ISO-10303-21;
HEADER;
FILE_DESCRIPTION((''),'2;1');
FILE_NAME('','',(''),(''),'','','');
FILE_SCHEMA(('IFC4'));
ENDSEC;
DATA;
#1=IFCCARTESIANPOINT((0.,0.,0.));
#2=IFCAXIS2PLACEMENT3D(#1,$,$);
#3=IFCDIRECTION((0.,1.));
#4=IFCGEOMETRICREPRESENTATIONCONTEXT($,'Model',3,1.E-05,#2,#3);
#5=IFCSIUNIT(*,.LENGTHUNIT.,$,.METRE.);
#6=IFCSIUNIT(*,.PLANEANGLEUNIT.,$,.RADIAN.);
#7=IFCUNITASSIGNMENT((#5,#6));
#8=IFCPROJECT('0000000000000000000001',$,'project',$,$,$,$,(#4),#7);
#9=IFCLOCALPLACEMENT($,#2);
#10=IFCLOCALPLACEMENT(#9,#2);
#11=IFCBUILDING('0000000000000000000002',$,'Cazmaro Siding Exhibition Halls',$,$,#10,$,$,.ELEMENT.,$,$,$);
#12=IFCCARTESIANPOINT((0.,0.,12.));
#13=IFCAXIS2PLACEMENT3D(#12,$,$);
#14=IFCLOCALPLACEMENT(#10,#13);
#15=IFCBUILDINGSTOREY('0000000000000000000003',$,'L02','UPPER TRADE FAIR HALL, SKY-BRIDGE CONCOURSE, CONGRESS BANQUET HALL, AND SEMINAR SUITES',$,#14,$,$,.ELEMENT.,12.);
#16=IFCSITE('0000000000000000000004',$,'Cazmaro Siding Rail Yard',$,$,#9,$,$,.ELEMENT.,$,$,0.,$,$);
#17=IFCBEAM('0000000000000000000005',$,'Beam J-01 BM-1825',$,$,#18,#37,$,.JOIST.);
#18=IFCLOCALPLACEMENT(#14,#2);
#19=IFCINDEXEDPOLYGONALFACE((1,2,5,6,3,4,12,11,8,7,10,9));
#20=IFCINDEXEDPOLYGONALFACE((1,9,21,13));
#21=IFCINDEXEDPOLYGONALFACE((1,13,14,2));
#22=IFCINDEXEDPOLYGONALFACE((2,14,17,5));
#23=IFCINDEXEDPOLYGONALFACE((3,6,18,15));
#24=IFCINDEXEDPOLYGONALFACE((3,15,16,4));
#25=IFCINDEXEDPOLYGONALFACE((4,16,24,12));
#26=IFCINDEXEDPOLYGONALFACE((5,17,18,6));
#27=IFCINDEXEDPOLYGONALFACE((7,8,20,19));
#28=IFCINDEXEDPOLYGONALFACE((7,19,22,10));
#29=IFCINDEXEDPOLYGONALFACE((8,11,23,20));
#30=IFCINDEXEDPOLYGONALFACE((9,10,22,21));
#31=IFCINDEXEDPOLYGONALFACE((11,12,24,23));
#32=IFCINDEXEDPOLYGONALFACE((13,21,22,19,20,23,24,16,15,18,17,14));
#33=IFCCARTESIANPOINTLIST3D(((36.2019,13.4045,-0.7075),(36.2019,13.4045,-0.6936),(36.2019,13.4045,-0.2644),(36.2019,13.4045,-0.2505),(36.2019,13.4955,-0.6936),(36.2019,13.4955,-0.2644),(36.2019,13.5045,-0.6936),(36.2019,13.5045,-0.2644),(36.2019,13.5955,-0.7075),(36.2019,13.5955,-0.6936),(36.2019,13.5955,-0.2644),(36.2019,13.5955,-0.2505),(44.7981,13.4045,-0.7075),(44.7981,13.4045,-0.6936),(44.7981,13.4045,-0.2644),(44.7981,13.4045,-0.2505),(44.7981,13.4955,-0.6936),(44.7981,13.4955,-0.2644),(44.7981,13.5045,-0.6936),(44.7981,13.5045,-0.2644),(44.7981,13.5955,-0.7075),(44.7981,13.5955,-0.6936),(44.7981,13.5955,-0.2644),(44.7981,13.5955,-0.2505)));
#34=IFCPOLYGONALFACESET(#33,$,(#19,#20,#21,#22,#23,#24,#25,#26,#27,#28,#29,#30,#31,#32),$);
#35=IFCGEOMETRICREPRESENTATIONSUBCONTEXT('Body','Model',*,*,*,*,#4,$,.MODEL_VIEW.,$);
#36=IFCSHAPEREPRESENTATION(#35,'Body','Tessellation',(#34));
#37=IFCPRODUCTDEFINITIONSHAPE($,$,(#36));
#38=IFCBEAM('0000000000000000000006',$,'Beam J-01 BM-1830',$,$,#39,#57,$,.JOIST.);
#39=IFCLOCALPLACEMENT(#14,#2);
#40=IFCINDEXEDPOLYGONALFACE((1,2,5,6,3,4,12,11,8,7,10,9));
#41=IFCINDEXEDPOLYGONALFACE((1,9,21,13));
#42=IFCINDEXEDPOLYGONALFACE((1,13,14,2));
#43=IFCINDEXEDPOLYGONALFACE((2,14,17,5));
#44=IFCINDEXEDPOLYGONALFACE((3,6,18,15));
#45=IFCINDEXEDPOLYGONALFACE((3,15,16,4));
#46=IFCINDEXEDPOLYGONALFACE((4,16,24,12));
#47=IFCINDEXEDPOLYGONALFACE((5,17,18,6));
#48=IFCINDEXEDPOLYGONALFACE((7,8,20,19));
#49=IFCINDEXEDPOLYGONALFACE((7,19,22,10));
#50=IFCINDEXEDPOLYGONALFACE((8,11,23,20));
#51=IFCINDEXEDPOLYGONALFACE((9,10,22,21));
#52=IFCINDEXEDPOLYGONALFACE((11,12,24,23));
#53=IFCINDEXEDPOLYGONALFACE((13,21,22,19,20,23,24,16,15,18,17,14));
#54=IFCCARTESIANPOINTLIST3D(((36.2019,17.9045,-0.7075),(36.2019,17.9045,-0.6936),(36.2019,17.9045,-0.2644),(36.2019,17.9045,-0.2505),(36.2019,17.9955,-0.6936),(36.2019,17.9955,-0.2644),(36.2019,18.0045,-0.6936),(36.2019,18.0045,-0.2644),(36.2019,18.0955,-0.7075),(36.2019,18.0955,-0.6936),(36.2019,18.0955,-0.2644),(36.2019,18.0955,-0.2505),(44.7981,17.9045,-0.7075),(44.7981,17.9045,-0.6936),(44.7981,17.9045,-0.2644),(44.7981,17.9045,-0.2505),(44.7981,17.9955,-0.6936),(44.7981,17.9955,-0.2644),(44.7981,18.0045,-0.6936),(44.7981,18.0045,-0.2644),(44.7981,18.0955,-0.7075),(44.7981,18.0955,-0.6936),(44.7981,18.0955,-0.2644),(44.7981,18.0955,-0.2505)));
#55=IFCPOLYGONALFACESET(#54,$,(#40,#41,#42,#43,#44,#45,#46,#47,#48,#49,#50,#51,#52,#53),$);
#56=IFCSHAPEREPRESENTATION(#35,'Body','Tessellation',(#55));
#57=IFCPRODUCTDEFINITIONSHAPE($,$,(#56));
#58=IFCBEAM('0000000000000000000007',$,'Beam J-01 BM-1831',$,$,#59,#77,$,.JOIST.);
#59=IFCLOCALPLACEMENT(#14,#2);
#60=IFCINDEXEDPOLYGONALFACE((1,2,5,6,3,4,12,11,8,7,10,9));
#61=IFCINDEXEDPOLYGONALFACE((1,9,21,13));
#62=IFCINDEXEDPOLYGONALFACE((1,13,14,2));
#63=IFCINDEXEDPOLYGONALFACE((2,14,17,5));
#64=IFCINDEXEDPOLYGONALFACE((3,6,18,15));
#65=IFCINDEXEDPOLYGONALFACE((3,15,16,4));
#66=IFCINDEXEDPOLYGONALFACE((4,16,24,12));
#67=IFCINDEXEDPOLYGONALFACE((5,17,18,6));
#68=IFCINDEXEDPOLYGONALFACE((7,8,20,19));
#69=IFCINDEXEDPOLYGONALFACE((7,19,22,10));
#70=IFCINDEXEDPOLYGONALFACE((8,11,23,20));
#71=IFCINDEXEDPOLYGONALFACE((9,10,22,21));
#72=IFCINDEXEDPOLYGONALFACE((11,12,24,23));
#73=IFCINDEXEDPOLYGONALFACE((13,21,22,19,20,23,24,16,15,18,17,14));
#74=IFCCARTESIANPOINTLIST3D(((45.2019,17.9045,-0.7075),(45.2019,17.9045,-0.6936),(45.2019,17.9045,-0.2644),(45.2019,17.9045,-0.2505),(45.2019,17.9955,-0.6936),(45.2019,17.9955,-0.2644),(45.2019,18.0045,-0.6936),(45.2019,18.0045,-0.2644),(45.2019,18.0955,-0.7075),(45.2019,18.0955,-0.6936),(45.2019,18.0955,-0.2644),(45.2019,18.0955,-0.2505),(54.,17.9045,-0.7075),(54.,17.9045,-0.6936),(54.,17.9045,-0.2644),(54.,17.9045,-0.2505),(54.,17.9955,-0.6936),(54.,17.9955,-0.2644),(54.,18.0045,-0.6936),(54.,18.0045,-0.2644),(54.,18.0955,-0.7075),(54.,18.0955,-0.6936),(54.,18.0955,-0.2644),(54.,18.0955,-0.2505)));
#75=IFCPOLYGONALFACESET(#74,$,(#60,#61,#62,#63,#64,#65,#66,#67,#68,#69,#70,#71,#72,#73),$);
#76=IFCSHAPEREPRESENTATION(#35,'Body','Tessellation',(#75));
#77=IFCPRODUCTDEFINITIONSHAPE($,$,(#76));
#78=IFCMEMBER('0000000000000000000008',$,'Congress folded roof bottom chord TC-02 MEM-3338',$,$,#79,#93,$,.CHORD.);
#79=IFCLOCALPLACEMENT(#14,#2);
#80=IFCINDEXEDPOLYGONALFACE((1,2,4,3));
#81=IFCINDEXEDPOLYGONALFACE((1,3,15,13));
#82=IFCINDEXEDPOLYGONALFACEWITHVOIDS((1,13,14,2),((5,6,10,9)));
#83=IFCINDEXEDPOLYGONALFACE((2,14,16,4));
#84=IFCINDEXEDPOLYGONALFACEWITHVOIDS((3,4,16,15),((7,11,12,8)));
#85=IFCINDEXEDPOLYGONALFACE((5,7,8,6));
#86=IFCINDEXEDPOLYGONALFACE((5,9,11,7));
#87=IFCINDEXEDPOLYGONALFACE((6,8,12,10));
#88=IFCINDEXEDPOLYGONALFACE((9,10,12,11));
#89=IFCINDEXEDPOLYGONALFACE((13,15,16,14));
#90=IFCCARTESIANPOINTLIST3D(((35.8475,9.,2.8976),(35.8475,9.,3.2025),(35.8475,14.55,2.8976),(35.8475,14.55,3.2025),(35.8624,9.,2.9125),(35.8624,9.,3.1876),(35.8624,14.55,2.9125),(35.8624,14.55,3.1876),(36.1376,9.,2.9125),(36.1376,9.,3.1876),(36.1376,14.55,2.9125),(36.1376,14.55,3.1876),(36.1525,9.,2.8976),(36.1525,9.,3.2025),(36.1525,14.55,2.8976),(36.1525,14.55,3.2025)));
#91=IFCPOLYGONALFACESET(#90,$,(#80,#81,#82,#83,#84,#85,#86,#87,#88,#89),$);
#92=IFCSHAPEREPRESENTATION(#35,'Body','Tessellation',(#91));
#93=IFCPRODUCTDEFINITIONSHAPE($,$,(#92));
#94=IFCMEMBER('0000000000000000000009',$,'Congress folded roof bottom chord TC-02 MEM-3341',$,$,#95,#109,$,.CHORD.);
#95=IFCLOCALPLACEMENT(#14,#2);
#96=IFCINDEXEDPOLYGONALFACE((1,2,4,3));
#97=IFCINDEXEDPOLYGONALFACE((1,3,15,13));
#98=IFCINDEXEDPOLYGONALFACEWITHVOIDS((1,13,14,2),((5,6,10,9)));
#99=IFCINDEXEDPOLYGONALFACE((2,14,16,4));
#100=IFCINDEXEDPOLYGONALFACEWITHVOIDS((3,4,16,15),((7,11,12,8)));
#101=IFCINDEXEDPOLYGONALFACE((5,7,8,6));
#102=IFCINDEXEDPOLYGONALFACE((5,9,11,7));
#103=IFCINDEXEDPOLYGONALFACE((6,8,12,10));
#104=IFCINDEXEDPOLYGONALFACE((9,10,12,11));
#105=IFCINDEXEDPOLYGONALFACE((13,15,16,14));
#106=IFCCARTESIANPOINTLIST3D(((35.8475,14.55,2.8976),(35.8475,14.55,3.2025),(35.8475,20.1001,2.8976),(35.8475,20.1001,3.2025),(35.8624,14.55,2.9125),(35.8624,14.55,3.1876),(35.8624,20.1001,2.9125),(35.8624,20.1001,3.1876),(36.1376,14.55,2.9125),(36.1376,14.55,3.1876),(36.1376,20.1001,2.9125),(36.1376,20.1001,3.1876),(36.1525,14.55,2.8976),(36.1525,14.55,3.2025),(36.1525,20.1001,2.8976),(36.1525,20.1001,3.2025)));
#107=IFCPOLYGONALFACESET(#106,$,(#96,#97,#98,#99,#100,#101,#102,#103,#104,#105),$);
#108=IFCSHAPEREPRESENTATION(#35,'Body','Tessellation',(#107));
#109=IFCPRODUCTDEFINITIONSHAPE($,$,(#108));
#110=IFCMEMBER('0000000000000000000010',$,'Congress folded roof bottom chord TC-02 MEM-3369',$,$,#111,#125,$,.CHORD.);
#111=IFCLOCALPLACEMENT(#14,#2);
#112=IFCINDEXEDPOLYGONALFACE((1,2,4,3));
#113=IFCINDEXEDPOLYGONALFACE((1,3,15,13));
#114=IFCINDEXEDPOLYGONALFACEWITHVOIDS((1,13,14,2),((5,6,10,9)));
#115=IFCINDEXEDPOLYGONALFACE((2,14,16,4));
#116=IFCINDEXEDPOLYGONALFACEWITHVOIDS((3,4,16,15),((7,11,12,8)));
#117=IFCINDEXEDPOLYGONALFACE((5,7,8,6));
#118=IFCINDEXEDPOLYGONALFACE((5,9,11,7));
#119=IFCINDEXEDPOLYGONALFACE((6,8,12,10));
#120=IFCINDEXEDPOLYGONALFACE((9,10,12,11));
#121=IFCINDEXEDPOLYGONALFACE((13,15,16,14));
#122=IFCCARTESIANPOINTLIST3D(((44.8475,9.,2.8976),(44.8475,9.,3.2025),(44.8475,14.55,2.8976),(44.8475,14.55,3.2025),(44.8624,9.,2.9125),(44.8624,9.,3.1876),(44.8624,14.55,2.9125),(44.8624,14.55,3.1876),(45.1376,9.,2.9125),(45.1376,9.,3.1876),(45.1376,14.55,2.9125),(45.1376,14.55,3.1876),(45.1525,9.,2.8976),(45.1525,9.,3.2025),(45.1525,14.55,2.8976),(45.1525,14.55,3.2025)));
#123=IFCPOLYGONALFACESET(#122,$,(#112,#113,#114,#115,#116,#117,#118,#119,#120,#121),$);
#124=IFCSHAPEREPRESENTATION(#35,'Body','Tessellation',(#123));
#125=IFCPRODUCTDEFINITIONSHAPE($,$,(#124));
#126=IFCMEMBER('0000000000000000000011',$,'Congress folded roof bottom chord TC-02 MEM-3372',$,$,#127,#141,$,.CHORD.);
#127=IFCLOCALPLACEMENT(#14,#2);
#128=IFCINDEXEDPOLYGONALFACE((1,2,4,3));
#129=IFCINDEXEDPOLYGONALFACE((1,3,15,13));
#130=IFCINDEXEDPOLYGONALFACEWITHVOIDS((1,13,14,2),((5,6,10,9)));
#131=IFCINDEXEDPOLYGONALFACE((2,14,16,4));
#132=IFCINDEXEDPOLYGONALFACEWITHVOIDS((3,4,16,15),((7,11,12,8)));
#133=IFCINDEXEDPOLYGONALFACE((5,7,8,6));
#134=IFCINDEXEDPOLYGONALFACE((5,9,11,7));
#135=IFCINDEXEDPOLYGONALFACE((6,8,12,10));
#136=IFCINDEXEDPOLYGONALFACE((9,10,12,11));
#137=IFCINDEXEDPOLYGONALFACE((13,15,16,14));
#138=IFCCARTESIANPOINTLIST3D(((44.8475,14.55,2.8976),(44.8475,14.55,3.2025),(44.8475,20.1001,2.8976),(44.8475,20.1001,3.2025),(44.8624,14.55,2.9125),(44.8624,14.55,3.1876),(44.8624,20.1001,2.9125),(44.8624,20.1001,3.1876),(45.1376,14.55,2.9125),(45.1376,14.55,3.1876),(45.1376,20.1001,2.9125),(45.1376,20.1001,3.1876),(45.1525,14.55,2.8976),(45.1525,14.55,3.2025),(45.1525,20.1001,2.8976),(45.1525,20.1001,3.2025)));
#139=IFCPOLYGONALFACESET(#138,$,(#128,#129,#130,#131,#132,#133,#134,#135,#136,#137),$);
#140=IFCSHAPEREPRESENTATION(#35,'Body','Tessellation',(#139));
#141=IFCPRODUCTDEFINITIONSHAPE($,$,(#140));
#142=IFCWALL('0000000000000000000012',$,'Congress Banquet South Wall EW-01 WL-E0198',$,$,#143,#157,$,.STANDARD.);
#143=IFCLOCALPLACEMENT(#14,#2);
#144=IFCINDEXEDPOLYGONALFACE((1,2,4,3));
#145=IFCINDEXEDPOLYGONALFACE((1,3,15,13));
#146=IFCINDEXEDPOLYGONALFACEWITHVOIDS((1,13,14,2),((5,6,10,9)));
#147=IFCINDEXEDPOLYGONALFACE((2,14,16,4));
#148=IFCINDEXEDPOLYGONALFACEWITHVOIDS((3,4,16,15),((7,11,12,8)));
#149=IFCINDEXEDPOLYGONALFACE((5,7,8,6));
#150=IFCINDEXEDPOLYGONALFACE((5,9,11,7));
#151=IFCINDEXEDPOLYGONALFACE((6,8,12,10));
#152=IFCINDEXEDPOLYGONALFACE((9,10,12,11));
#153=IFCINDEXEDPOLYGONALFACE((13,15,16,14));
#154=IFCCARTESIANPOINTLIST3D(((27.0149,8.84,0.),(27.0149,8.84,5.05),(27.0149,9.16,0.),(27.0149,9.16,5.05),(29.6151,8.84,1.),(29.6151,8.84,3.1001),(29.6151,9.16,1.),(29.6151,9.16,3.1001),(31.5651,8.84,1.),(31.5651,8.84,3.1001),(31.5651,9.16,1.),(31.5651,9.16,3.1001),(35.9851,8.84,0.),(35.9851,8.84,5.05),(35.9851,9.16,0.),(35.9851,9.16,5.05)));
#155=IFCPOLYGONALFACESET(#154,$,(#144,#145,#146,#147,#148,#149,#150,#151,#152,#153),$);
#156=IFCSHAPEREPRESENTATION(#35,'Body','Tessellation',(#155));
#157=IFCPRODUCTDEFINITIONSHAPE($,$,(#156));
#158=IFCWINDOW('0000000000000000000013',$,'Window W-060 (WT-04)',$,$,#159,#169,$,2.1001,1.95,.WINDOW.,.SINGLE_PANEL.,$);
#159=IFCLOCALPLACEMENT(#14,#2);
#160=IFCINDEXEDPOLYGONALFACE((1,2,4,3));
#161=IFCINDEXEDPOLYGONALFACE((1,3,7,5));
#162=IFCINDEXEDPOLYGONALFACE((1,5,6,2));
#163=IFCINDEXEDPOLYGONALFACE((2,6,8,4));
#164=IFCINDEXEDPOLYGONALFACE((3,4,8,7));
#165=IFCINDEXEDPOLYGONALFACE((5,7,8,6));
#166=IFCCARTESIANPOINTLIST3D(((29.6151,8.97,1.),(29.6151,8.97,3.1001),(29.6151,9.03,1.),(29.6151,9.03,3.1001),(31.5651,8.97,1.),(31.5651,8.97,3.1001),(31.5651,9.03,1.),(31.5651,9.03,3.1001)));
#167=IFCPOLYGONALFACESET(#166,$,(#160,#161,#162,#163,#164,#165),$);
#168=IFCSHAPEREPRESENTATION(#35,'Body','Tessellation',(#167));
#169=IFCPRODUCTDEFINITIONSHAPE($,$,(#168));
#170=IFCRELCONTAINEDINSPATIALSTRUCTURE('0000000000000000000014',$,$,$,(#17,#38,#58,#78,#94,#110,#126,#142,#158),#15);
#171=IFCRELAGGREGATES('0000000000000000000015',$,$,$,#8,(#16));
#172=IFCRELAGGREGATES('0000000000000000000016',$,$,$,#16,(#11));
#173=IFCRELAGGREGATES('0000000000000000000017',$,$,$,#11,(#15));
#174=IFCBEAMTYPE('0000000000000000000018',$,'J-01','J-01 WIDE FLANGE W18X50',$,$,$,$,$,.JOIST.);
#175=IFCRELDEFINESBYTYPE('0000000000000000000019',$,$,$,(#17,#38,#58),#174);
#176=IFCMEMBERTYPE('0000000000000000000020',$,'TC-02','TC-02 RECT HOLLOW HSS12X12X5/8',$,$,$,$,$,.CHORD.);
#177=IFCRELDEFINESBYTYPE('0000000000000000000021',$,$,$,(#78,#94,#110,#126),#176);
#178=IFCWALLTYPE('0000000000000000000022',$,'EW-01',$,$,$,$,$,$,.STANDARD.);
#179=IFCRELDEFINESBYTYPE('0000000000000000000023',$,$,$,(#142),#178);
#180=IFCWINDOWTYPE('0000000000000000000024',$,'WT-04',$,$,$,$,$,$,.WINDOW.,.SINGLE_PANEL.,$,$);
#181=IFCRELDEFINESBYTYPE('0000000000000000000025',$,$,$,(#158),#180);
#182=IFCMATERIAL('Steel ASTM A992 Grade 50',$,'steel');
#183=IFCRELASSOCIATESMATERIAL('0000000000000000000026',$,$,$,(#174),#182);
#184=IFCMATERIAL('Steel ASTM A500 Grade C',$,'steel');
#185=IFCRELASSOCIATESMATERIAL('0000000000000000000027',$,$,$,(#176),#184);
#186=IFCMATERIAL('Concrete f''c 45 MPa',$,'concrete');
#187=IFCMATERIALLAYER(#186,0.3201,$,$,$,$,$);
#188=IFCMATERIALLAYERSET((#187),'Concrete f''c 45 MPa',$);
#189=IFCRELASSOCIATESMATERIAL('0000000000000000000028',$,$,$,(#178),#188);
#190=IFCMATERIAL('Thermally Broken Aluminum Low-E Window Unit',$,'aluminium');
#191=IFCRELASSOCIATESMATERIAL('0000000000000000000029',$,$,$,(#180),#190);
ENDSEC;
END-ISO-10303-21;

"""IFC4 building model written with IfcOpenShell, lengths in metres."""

from ifc_helpers import new_model, si_unit, direction, frame, frame_2d, origin, origin_2d, place, context, subcontext, project, spatial, rectangle, hollow_rectangle, i_section, extrude, material, layer, layer_set, material_profile, profile_set, type_object, element, fill, save


model = new_model("IFC4")

# Units and contexts
model_context = context("Model", 3, precision=1e-05, world=origin(), true_north=direction((0.0, 1.0)))
body_context = subcontext(model_context, "Body", "Model", "MODEL_VIEW")
ifc_project = project(units=[si_unit("LENGTHUNIT", "METRE"), si_unit("PLANEANGLEUNIT", "RADIAN")], contexts=[model_context])

# Site, building, storey
site_placement = place(None, origin())
site = spatial("IfcSite", under=ifc_project, at=site_placement, Name="Cazmaro Siding Rail Yard", CompositionType="ELEMENT", RefElevation=0.0)
building_placement = place(site_placement, origin())
building = spatial("IfcBuilding", under=site, at=building_placement, Name="Cazmaro Siding Exhibition Halls", CompositionType="ELEMENT")
storey_placement = place(building_placement, frame((0.0, 0.0, 12.0)))
storey = spatial("IfcBuildingStorey", under=building, at=storey_placement, Name="L02", Description="UPPER TRADE FAIR HALL, SKY-BRIDGE CONCOURSE, CONGRESS BANQUET HALL, AND SEMINAR SUITES", CompositionType="ELEMENT", Elevation=12.0)

# Beams
ifc_material_1 = material(Name="Steel ASTM A992 Grade 50", Category="steel")
ifc_material_profile_1 = material_profile(ifc_material_1, i_section(OverallWidth=0.1909, OverallDepth=0.457, WebThickness=0.009, FlangeThickness=0.0139, at=origin_2d()), Name="W18X50")
ifc_profile_set_1 = profile_set([ifc_material_profile_1], Name="Steel ASTM A992 Grade 50")
beam_type_1 = type_object("IfcBeamType", Name="J-01", Description="J-01 WIDE FLANGE W18X50", PredefinedType="JOIST", material=ifc_profile_set_1)
for number, where, z_axis, x_axis, name in (
    (1, (36.2019, 13.5, -0.479), (1.0, 0.0, 0.0), (0.0, 1.0, 0.0), "Beam J-01 BM-1825"),
    (2, (36.2019, 18.0, -0.479), (1.0, 0.0, 0.0), (0.0, 1.0, 0.0), "Beam J-01 BM-1830"),
):
    element("IfcBeam", number, at=place(storey_placement, frame(where, z_axis=z_axis, x_axis=x_axis)), inside=storey, type_object=beam_type_1, Name=name, PredefinedType="JOIST", context=body_context, shape_type="SweptSolid", body=[
        extrude(i_section(OverallWidth=0.1909, OverallDepth=0.457, WebThickness=0.009, FlangeThickness=0.0139, at=origin_2d()), origin(), (0.0, 0.0, 1.0), 8.5962),
    ])
beam_1_placement = place(storey_placement, frame((45.2019, 18.0, -0.479), z_axis=(1.0, 0.0, 0.0), x_axis=(0.0, 1.0, 0.0)))
element("IfcBeam", 3, at=beam_1_placement, inside=storey, type_object=beam_type_1, Name="Beam J-01 BM-1831", PredefinedType="JOIST", context=body_context, shape_type="SweptSolid", body=[
    extrude(i_section(OverallWidth=0.1909, OverallDepth=0.457, WebThickness=0.009, FlangeThickness=0.0139, at=origin_2d()), origin(), (0.0, 0.0, 1.0), 8.7981),
])

# Members
ifc_material_2 = material(Name="Steel ASTM A500 Grade C", Category="steel")
ifc_material_profile_2 = material_profile(ifc_material_2, hollow_rectangle(XDim=0.3049, YDim=0.3049, WallThickness=0.0149, at=origin_2d()), Name="HSS12X12X5/8")
ifc_profile_set_2 = profile_set([ifc_material_profile_2], Name="Steel ASTM A500 Grade C")
member_type_1 = type_object("IfcMemberType", Name="TC-02", Description="TC-02 RECT HOLLOW HSS12X12X5/8", PredefinedType="CHORD", material=ifc_profile_set_2)
for number, where, z_axis, x_axis, name in (
    (4, (36.0, 9.0, 3.05), (0.0, 1.0, 0.0), (-1.0, 0.0, 0.0), "Congress folded roof bottom chord TC-02 MEM-3338"),
    (5, (36.0, 14.55, 3.05), (0.0, 1.0, 0.0), (-1.0, 0.0, 0.0), "Congress folded roof bottom chord TC-02 MEM-3341"),
    (6, (45.0, 9.0, 3.05), (0.0, 1.0, 0.0), (-1.0, 0.0, 0.0), "Congress folded roof bottom chord TC-02 MEM-3369"),
    (7, (45.0, 14.55, 3.05), (0.0, 1.0, 0.0), (-1.0, 0.0, 0.0), "Congress folded roof bottom chord TC-02 MEM-3372"),
):
    element("IfcMember", number, at=place(storey_placement, frame(where, z_axis=z_axis, x_axis=x_axis)), inside=storey, type_object=member_type_1, Name=name, PredefinedType="CHORD", context=body_context, shape_type="SweptSolid", body=[
        extrude(hollow_rectangle(XDim=0.3049, YDim=0.3049, WallThickness=0.0149, at=origin_2d()), origin(), (0.0, 0.0, 1.0), 5.55),
    ])

# Wall, opening, window
ifc_material_3 = material(Name="Concrete f'c 45 MPa", Category="concrete")
ifc_layer_1 = layer(ifc_material_3, 0.3201)
ifc_layer_set_1 = layer_set([ifc_layer_1], Name="Concrete f'c 45 MPa")
wall_type = type_object("IfcWallType", Name="EW-01", PredefinedType="STANDARD", material=ifc_layer_set_1)
wall_1_placement = place(storey_placement, frame((35.9851, 9.0, 0.0), z_axis=(0.0, 0.0, 1.0), x_axis=(-1.0, 0.0, 0.0)))
wall_1 = element("IfcWall", 8, at=wall_1_placement, inside=storey, type_object=wall_type, Name="Congress Banquet South Wall EW-01 WL-E0198", PredefinedType="STANDARD", context=body_context, shape_type="SweptSolid", body=[
    extrude(rectangle(XDim=8.9702, YDim=0.3201, at=frame_2d((4.4851, 0.0))), origin(), (0.0, 0.0, 1.0), 5.05),
])
opening_1_placement = place(wall_1_placement, frame((4.4199, 0.0, 1.0)))
opening_1 = element("IfcOpeningElement", 9, at=opening_1_placement, cuts=wall_1, PredefinedType="OPENING", context=body_context, shape_type="SweptSolid", body=[
    extrude(rectangle(XDim=1.95, YDim=2.1001, at=frame_2d((0.9751, 1.05))), frame((0.0, 0.1699, 0.0), z_axis=(0.0, -1.0, 0.0), x_axis=(1.0, 0.0, 0.0)), (0.0, 0.0, 1.0), 0.3401),
])
ifc_material_4 = material(Name="Thermally Broken Aluminum Low-E Window Unit", Category="aluminium")
window_type_1 = type_object("IfcWindowType", Name="WT-04", PartitioningType="SINGLE_PANEL", PredefinedType="WINDOW", material=ifc_material_4)
window_1_placement = place(opening_1_placement, origin())
window_1 = element("IfcWindow", 10, at=window_1_placement, inside=storey, type_object=window_type_1, Name="Window W-060 (WT-04)", OverallHeight=2.1001, OverallWidth=1.95, PartitioningType="SINGLE_PANEL", PredefinedType="WINDOW", context=body_context, shape_type="SweptSolid", body=[
    extrude(rectangle(XDim=1.95, YDim=2.1001, at=frame_2d((0.9751, 1.05))), frame((0.0, 0.03, 0.0), z_axis=(0.0, -1.0, 0.0), x_axis=(1.0, 0.0, 0.0)), (0.0, 0.0, 1.0), 0.0601),
])
fill(opening_1, window_1)

save(model, "model.ifc")
